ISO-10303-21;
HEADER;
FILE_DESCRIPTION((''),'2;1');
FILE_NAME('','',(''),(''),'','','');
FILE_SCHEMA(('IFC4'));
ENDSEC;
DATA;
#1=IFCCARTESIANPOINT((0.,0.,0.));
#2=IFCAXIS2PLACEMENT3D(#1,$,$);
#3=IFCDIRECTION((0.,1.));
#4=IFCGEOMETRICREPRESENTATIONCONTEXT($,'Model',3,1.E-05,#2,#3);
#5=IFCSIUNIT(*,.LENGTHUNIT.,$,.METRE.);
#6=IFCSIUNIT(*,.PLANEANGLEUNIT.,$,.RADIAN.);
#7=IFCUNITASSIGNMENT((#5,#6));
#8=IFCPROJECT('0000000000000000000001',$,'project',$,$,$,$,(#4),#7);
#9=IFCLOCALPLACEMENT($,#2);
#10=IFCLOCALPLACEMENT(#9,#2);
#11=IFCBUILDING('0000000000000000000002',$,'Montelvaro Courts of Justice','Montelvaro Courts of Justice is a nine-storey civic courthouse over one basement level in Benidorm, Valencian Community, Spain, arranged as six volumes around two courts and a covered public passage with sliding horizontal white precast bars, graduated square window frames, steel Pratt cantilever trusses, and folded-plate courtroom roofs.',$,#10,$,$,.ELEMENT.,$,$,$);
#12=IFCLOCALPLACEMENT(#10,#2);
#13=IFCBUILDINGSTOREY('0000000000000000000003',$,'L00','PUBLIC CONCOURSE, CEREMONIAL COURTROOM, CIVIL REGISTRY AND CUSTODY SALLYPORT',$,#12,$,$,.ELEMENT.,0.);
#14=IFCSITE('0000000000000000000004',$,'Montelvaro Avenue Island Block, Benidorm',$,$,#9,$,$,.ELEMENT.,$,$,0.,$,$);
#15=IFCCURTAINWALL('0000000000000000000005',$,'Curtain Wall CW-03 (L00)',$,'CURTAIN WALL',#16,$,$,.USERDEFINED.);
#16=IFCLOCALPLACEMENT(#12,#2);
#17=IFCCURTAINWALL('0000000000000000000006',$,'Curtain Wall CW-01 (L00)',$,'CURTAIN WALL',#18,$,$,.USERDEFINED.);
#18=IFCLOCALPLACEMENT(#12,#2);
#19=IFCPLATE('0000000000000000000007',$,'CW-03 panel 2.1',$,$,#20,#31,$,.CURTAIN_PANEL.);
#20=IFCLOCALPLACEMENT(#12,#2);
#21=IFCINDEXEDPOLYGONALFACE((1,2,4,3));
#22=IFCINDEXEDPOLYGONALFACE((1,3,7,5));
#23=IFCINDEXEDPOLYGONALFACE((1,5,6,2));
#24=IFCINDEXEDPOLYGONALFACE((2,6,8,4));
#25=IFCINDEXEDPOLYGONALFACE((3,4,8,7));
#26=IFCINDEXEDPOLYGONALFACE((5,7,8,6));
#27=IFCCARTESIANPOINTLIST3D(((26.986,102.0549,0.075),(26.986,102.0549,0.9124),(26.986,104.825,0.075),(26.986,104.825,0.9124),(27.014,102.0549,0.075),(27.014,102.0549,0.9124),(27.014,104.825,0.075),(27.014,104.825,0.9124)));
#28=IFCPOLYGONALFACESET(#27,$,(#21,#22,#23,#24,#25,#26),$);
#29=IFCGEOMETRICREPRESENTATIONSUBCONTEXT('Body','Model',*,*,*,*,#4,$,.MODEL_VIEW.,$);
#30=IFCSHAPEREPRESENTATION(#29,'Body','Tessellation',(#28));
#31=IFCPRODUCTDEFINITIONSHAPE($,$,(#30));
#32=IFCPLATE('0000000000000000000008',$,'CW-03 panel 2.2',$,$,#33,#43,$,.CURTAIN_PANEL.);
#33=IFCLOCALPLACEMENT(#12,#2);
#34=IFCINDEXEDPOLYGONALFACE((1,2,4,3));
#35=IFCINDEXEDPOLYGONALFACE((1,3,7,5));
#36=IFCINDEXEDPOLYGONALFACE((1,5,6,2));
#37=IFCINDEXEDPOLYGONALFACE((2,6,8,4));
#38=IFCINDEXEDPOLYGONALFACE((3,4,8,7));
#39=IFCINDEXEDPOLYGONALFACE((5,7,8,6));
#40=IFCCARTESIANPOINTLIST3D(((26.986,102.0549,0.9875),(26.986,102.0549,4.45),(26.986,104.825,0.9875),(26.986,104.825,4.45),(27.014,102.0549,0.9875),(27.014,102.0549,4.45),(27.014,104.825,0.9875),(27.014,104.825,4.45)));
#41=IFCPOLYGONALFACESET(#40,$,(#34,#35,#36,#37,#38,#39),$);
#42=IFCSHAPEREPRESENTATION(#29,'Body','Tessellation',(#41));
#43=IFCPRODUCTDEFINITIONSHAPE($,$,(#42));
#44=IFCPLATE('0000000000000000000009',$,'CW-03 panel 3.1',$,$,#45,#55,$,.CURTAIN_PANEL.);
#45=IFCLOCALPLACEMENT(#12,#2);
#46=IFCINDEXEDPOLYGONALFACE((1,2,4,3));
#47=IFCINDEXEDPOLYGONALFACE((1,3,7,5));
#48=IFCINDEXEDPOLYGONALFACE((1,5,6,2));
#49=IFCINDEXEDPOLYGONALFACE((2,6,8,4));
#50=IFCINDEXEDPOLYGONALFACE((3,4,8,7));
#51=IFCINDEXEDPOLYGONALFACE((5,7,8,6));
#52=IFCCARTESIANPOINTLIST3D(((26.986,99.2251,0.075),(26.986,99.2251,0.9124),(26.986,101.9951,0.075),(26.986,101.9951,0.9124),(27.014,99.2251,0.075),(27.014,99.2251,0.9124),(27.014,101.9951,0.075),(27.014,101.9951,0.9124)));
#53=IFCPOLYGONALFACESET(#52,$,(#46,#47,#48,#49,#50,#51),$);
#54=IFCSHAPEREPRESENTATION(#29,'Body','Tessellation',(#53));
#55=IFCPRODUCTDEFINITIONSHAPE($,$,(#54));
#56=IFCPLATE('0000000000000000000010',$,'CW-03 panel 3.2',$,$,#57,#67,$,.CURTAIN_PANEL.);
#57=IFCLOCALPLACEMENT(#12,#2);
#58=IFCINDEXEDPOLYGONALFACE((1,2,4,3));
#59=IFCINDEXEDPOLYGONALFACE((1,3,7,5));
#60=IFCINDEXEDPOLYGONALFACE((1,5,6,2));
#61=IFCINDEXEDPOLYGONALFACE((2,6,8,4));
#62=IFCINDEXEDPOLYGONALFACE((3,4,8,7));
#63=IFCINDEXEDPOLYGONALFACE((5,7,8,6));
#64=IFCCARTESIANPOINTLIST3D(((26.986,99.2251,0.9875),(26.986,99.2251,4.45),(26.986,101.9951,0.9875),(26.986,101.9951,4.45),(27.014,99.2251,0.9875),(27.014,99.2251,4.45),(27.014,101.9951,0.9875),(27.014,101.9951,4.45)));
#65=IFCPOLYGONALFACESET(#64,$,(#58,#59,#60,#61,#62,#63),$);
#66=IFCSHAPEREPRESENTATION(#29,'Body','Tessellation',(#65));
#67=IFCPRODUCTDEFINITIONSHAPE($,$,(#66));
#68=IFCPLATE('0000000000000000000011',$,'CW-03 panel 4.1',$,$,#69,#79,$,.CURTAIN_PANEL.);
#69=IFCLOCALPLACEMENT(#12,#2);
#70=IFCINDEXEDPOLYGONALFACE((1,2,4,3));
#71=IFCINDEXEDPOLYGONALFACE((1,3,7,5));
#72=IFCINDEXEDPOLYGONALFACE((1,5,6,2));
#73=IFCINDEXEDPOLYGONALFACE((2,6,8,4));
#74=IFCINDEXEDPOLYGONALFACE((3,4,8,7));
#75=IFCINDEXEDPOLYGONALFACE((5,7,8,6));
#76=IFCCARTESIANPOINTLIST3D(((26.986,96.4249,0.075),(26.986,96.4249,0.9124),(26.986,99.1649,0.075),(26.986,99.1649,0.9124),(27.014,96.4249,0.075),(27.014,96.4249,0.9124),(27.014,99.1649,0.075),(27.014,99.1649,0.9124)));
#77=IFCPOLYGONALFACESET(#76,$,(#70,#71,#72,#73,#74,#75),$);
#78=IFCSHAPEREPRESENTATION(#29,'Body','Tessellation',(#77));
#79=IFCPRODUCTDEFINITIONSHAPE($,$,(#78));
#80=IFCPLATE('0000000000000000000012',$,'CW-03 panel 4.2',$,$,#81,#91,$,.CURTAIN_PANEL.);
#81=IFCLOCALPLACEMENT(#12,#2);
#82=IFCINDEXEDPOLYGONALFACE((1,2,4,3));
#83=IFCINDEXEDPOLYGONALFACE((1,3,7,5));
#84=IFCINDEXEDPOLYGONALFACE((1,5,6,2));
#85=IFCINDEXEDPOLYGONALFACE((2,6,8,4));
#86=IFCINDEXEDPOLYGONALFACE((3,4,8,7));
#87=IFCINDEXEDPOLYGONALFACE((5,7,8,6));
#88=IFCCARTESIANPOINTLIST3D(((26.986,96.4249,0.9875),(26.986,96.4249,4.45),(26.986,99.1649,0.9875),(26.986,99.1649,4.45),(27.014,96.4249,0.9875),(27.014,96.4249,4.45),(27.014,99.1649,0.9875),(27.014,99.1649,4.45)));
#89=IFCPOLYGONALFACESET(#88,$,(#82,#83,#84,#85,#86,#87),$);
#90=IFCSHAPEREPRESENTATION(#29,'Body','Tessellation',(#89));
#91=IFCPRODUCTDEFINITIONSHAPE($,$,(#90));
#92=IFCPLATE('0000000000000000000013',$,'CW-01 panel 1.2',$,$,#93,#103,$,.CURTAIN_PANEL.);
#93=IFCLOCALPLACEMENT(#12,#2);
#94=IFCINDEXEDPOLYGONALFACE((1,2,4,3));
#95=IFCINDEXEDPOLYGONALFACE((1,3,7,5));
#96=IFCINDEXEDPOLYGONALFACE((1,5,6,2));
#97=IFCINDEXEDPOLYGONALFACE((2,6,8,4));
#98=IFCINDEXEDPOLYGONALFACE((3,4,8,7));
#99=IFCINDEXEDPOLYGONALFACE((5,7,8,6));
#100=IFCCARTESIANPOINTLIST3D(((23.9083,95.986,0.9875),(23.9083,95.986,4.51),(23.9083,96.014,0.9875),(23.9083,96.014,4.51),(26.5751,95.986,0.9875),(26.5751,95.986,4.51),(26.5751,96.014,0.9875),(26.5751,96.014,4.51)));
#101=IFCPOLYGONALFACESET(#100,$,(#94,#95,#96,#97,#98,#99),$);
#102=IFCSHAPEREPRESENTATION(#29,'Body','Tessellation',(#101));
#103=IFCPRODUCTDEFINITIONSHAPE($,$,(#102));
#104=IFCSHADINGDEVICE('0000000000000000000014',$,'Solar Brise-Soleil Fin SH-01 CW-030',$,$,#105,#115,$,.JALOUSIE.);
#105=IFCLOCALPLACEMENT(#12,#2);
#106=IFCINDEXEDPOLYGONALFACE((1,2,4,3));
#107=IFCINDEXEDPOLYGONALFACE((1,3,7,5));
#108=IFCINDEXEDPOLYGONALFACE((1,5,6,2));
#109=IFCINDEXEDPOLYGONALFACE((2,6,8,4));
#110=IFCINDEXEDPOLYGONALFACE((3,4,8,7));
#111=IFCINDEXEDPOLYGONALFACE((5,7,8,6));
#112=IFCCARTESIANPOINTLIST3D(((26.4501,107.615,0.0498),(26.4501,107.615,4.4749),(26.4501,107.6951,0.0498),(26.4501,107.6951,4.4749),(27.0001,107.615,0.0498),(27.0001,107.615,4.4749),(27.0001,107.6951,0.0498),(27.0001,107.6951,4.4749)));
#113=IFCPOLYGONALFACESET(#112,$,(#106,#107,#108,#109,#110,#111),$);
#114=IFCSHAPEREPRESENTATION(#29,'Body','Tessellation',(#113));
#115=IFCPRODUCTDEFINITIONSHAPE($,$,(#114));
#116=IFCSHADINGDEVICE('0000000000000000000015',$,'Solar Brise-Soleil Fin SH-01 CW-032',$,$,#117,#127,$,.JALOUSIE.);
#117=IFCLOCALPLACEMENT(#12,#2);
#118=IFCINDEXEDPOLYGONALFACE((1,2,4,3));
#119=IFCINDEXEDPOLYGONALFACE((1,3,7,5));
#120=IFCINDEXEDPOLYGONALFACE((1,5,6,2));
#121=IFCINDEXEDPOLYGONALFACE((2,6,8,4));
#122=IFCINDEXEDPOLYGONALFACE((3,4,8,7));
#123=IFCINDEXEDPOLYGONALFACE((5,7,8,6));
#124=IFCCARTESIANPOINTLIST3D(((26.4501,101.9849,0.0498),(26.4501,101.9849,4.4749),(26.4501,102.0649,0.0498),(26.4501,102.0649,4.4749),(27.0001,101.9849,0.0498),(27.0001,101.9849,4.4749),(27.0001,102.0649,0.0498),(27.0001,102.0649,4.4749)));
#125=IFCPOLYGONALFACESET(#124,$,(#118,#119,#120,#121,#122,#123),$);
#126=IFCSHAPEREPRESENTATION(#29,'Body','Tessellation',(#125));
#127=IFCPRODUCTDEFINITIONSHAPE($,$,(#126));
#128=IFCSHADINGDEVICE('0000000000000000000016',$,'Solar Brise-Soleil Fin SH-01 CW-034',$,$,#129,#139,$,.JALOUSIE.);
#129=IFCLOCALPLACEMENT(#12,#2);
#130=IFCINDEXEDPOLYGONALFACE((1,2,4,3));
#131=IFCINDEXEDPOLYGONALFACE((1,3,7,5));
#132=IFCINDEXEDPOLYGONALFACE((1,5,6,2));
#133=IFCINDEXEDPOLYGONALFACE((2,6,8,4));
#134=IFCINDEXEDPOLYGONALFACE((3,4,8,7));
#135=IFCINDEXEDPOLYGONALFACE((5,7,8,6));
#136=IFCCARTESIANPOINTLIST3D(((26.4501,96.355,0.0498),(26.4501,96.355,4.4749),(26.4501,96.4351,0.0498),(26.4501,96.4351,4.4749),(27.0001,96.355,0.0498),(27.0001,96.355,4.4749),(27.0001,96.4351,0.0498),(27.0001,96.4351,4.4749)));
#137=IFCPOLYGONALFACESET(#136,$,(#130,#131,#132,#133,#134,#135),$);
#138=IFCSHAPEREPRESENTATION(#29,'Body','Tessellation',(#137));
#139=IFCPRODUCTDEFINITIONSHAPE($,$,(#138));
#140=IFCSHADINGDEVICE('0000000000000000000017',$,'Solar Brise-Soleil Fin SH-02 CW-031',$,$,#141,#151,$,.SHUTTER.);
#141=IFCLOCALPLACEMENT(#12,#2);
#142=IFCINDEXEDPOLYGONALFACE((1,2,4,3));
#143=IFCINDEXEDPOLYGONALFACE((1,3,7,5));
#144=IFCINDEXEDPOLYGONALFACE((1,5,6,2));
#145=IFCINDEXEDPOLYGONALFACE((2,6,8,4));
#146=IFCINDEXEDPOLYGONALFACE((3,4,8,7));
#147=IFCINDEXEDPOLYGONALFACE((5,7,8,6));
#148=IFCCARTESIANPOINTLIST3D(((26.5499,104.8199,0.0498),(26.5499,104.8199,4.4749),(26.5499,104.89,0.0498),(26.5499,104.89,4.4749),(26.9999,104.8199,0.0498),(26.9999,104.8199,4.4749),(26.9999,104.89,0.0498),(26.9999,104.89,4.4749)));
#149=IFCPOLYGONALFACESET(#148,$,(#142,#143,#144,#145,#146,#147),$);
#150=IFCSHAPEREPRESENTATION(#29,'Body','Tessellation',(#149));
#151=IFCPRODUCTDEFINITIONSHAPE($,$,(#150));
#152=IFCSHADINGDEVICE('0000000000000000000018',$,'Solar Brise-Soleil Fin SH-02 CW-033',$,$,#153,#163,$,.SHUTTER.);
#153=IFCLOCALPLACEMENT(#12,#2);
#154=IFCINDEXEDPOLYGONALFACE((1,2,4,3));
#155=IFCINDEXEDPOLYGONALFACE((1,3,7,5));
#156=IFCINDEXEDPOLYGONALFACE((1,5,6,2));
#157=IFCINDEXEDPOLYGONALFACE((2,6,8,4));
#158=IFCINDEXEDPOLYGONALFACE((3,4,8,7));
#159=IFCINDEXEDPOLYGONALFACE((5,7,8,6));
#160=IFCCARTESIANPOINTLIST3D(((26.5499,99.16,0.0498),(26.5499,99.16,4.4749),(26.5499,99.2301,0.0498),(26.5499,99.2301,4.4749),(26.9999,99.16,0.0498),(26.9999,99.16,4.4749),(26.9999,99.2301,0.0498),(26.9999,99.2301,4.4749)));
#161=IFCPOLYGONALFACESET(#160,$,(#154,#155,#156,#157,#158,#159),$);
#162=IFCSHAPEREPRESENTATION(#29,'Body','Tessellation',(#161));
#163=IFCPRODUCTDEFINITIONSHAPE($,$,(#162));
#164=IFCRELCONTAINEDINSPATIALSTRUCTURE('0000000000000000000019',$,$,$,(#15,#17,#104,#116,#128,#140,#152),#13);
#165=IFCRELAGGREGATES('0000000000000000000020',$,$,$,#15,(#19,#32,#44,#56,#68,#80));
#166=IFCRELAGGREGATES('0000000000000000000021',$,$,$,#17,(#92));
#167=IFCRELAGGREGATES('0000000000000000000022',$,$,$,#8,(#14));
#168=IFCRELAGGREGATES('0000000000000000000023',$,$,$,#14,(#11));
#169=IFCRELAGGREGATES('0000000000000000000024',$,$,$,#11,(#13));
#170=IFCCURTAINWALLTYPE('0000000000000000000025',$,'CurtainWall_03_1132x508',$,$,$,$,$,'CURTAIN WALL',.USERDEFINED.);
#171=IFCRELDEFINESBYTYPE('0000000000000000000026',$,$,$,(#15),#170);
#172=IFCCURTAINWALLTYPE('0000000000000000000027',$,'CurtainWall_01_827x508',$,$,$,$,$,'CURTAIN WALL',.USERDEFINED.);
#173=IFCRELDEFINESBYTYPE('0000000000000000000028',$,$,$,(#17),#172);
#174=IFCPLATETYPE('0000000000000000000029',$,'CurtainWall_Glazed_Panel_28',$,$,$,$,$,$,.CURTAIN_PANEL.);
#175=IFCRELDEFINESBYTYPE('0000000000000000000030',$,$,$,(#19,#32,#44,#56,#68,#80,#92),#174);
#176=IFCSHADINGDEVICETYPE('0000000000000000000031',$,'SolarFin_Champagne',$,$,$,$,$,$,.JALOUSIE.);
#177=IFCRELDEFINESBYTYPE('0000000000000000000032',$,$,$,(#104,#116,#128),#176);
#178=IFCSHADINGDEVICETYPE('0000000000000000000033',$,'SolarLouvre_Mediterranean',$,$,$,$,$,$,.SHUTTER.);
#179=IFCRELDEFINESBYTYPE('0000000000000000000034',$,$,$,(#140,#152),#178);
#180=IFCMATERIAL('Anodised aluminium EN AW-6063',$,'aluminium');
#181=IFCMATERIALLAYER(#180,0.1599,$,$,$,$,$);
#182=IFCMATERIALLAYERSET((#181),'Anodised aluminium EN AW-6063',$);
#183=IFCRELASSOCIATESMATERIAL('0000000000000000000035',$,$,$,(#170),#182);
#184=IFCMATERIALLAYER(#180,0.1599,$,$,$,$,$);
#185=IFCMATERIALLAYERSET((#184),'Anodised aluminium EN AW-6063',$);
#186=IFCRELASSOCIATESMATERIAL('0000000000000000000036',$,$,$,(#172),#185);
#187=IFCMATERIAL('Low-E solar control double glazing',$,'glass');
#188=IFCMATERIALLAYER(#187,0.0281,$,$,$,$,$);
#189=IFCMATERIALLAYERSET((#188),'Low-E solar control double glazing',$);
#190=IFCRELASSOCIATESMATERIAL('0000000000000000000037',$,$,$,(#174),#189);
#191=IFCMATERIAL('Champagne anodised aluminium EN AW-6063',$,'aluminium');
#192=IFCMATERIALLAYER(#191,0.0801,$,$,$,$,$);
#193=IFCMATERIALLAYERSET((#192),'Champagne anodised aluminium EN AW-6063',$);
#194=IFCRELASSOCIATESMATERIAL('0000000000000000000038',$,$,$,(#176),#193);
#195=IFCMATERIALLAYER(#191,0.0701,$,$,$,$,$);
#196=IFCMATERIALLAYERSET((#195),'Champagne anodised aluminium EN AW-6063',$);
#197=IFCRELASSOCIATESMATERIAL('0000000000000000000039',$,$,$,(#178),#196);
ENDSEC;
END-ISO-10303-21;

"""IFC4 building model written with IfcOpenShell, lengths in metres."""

from ifc_helpers import new_model, si_unit, direction, frame, origin, origin_2d, place, context, subcontext, project, spatial, rectangle, extrude, material, layer, layer_set, type_object, element, aggregate, save


model = new_model("IFC4")

# Units and contexts
model_context = context("Model", 3, precision=1e-05, world=origin(), true_north=direction((0.0, 1.0)))
body_context = subcontext(model_context, "Body", "Model", "MODEL_VIEW")
ifc_project = project(units=[si_unit("LENGTHUNIT", "METRE"), si_unit("PLANEANGLEUNIT", "RADIAN")], contexts=[model_context])

# Site, building, storey
site_placement = place(None, origin())
site = spatial("IfcSite", under=ifc_project, at=site_placement, Name="Montelvaro Avenue Island Block, Benidorm", CompositionType="ELEMENT", RefElevation=0.0)
building_placement = place(site_placement, origin())
building = spatial("IfcBuilding", under=site, at=building_placement, Name="Montelvaro Courts of Justice", Description="Montelvaro Courts of Justice is a nine-storey civic courthouse over one basement level in Benidorm, Valencian Community, Spain, arranged as six volumes around two courts and a covered public passage with sliding horizontal white precast bars, graduated square window frames, steel Pratt cantilever trusses, and folded-plate courtroom roofs.", CompositionType="ELEMENT")
storey_placement = place(building_placement, origin())
storey = spatial("IfcBuildingStorey", under=building, at=storey_placement, Name="L00", Description="PUBLIC CONCOURSE, CEREMONIAL COURTROOM, CIVIL REGISTRY AND CUSTODY SALLYPORT", CompositionType="ELEMENT", Elevation=0.0)

# Curtain wall
ifc_material_1 = material(Name="Anodised aluminium EN AW-6063", Category="aluminium")
ifc_layer_1 = layer(ifc_material_1, 0.1599)
ifc_layer_set_1 = layer_set([ifc_layer_1], Name="Anodised aluminium EN AW-6063")
curtain_wall_type_1 = type_object("IfcCurtainWallType", Name="CurtainWall_03_1132x508", ElementType="CURTAIN WALL", PredefinedType="USERDEFINED", material=ifc_layer_set_1)
curtain_wall_1_placement = place(storey_placement, origin())
curtain_wall_1 = element("IfcCurtainWall", 1, at=curtain_wall_1_placement, inside=storey, type_object=curtain_wall_type_1, Name="Curtain Wall CW-03 (L00)", ObjectType="CURTAIN WALL", PredefinedType="USERDEFINED")

# Curtain wall
ifc_layer_2 = layer(ifc_material_1, 0.1599)
ifc_layer_set_2 = layer_set([ifc_layer_2], Name="Anodised aluminium EN AW-6063")
curtain_wall_type_2 = type_object("IfcCurtainWallType", Name="CurtainWall_01_827x508", ElementType="CURTAIN WALL", PredefinedType="USERDEFINED", material=ifc_layer_set_2)
curtain_wall_2_placement = place(storey_placement, origin())
curtain_wall_2 = element("IfcCurtainWall", 2, at=curtain_wall_2_placement, inside=storey, type_object=curtain_wall_type_2, Name="Curtain Wall CW-01 (L00)", ObjectType="CURTAIN WALL", PredefinedType="USERDEFINED")

# Plates
ifc_material_2 = material(Name="Low-E solar control double glazing", Category="glass")
ifc_layer_3 = layer(ifc_material_2, 0.0281)
ifc_layer_set_3 = layer_set([ifc_layer_3], Name="Low-E solar control double glazing")
plate_type = type_object("IfcPlateType", Name="CurtainWall_Glazed_Panel_28", PredefinedType="CURTAIN_PANEL", material=ifc_layer_set_3)
plate_1_placement = place(storey_placement, frame((27.0, 103.4399, 0.075), z_axis=(0.0, 0.0, 1.0), x_axis=(0.0, -1.0, 0.0)))
plate_1 = element("IfcPlate", 3, at=plate_1_placement, type_object=plate_type, Name="CW-03 panel 2.1", PredefinedType="CURTAIN_PANEL", context=body_context, shape_type="SweptSolid", body=[
    extrude(rectangle(XDim=2.77, YDim=0.0281, at=origin_2d()), origin(), (0.0, 0.0, 1.0), 0.8374),
])
plate_2_placement = place(storey_placement, frame((27.0, 103.4399, 0.9875), z_axis=(0.0, 0.0, 1.0), x_axis=(0.0, -1.0, 0.0)))
plate_2 = element("IfcPlate", 4, at=plate_2_placement, type_object=plate_type, Name="CW-03 panel 2.2", PredefinedType="CURTAIN_PANEL", context=body_context, shape_type="SweptSolid", body=[
    extrude(rectangle(XDim=2.77, YDim=0.0281, at=origin_2d()), origin(), (0.0, 0.0, 1.0), 3.4624),
])
plate_3_placement = place(storey_placement, frame((27.0, 100.6101, 0.075), z_axis=(0.0, 0.0, 1.0), x_axis=(0.0, -1.0, 0.0)))
plate_3 = element("IfcPlate", 5, at=plate_3_placement, type_object=plate_type, Name="CW-03 panel 3.1", PredefinedType="CURTAIN_PANEL", context=body_context, shape_type="SweptSolid", body=[
    extrude(rectangle(XDim=2.77, YDim=0.0281, at=origin_2d()), origin(), (0.0, 0.0, 1.0), 0.8374),
])
plate_4_placement = place(storey_placement, frame((27.0, 100.6101, 0.9875), z_axis=(0.0, 0.0, 1.0), x_axis=(0.0, -1.0, 0.0)))
plate_4 = element("IfcPlate", 6, at=plate_4_placement, type_object=plate_type, Name="CW-03 panel 3.2", PredefinedType="CURTAIN_PANEL", context=body_context, shape_type="SweptSolid", body=[
    extrude(rectangle(XDim=2.77, YDim=0.0281, at=origin_2d()), origin(), (0.0, 0.0, 1.0), 3.4624),
])
plate_5_placement = place(storey_placement, frame((27.0, 97.7949, 0.075), z_axis=(0.0, 0.0, 1.0), x_axis=(0.0, -1.0, 0.0)))
plate_5 = element("IfcPlate", 7, at=plate_5_placement, type_object=plate_type, Name="CW-03 panel 4.1", PredefinedType="CURTAIN_PANEL", context=body_context, shape_type="SweptSolid", body=[
    extrude(rectangle(XDim=2.74, YDim=0.0281, at=origin_2d()), origin(), (0.0, 0.0, 1.0), 0.8374),
])
plate_6_placement = place(storey_placement, frame((27.0, 97.7949, 0.9875), z_axis=(0.0, 0.0, 1.0), x_axis=(0.0, -1.0, 0.0)))
plate_6 = element("IfcPlate", 8, at=plate_6_placement, type_object=plate_type, Name="CW-03 panel 4.2", PredefinedType="CURTAIN_PANEL", context=body_context, shape_type="SweptSolid", body=[
    extrude(rectangle(XDim=2.74, YDim=0.0281, at=origin_2d()), origin(), (0.0, 0.0, 1.0), 3.4624),
])
aggregate(curtain_wall_1, [plate_1, plate_2, plate_3, plate_4, plate_5, plate_6])
plate_7_placement = place(storey_placement, frame((25.2417, 96.0, 0.9875), z_axis=(0.0, 0.0, 1.0), x_axis=(-1.0, 0.0, 0.0)))
plate_7 = element("IfcPlate", 9, at=plate_7_placement, type_object=plate_type, Name="CW-01 panel 1.2", PredefinedType="CURTAIN_PANEL", context=body_context, shape_type="SweptSolid", body=[
    extrude(rectangle(XDim=2.6667, YDim=0.0281, at=origin_2d()), origin(), (0.0, 0.0, 1.0), 3.5225),
])
aggregate(curtain_wall_2, [plate_7])

# Shading devices
ifc_material_3 = material(Name="Champagne anodised aluminium EN AW-6063", Category="aluminium")
ifc_layer_4 = layer(ifc_material_3, 0.0801)
ifc_layer_set_4 = layer_set([ifc_layer_4], Name="Champagne anodised aluminium EN AW-6063")
shading_device_type_1 = type_object("IfcShadingDeviceType", Name="SolarFin_Champagne", PredefinedType="JALOUSIE", material=ifc_layer_set_4)
for number, where, z_axis, x_axis, name in (
    (10, (26.7251, 107.655, 0.0498), (0.0, 0.0, 1.0), (0.0, -1.0, 0.0), "Solar Brise-Soleil Fin SH-01 CW-030"),
    (11, (26.7251, 102.0249, 0.0498), (0.0, 0.0, 1.0), (0.0, -1.0, 0.0), "Solar Brise-Soleil Fin SH-01 CW-032"),
    (12, (26.7251, 96.395, 0.0498), (0.0, 0.0, 1.0), (0.0, -1.0, 0.0), "Solar Brise-Soleil Fin SH-01 CW-034"),
):
    element("IfcShadingDevice", number, at=place(storey_placement, frame(where, z_axis=z_axis, x_axis=x_axis)), inside=storey, type_object=shading_device_type_1, Name=name, PredefinedType="JALOUSIE", context=body_context, shape_type="SweptSolid", body=[
        extrude(rectangle(XDim=0.0801, YDim=0.55, at=origin_2d()), origin(), (0.0, 0.0, 1.0), 4.425),
    ])
ifc_layer_5 = layer(ifc_material_3, 0.0701)
ifc_layer_set_5 = layer_set([ifc_layer_5], Name="Champagne anodised aluminium EN AW-6063")
shading_device_type_2 = type_object("IfcShadingDeviceType", Name="SolarLouvre_Mediterranean", PredefinedType="SHUTTER", material=ifc_layer_set_5)
for number, where, z_axis, x_axis, name in (
    (13, (26.7749, 104.855, 0.0498), (0.0, 0.0, 1.0), (0.0, -1.0, 0.0), "Solar Brise-Soleil Fin SH-02 CW-031"),
    (14, (26.7749, 99.1951, 0.0498), (0.0, 0.0, 1.0), (0.0, -1.0, 0.0), "Solar Brise-Soleil Fin SH-02 CW-033"),
):
    element("IfcShadingDevice", number, at=place(storey_placement, frame(where, z_axis=z_axis, x_axis=x_axis)), inside=storey, type_object=shading_device_type_2, Name=name, PredefinedType="SHUTTER", context=body_context, shape_type="SweptSolid", body=[
        extrude(rectangle(XDim=0.0701, YDim=0.45, at=origin_2d()), origin(), (0.0, 0.0, 1.0), 4.425),
    ])

save(model, "model.ifc")
